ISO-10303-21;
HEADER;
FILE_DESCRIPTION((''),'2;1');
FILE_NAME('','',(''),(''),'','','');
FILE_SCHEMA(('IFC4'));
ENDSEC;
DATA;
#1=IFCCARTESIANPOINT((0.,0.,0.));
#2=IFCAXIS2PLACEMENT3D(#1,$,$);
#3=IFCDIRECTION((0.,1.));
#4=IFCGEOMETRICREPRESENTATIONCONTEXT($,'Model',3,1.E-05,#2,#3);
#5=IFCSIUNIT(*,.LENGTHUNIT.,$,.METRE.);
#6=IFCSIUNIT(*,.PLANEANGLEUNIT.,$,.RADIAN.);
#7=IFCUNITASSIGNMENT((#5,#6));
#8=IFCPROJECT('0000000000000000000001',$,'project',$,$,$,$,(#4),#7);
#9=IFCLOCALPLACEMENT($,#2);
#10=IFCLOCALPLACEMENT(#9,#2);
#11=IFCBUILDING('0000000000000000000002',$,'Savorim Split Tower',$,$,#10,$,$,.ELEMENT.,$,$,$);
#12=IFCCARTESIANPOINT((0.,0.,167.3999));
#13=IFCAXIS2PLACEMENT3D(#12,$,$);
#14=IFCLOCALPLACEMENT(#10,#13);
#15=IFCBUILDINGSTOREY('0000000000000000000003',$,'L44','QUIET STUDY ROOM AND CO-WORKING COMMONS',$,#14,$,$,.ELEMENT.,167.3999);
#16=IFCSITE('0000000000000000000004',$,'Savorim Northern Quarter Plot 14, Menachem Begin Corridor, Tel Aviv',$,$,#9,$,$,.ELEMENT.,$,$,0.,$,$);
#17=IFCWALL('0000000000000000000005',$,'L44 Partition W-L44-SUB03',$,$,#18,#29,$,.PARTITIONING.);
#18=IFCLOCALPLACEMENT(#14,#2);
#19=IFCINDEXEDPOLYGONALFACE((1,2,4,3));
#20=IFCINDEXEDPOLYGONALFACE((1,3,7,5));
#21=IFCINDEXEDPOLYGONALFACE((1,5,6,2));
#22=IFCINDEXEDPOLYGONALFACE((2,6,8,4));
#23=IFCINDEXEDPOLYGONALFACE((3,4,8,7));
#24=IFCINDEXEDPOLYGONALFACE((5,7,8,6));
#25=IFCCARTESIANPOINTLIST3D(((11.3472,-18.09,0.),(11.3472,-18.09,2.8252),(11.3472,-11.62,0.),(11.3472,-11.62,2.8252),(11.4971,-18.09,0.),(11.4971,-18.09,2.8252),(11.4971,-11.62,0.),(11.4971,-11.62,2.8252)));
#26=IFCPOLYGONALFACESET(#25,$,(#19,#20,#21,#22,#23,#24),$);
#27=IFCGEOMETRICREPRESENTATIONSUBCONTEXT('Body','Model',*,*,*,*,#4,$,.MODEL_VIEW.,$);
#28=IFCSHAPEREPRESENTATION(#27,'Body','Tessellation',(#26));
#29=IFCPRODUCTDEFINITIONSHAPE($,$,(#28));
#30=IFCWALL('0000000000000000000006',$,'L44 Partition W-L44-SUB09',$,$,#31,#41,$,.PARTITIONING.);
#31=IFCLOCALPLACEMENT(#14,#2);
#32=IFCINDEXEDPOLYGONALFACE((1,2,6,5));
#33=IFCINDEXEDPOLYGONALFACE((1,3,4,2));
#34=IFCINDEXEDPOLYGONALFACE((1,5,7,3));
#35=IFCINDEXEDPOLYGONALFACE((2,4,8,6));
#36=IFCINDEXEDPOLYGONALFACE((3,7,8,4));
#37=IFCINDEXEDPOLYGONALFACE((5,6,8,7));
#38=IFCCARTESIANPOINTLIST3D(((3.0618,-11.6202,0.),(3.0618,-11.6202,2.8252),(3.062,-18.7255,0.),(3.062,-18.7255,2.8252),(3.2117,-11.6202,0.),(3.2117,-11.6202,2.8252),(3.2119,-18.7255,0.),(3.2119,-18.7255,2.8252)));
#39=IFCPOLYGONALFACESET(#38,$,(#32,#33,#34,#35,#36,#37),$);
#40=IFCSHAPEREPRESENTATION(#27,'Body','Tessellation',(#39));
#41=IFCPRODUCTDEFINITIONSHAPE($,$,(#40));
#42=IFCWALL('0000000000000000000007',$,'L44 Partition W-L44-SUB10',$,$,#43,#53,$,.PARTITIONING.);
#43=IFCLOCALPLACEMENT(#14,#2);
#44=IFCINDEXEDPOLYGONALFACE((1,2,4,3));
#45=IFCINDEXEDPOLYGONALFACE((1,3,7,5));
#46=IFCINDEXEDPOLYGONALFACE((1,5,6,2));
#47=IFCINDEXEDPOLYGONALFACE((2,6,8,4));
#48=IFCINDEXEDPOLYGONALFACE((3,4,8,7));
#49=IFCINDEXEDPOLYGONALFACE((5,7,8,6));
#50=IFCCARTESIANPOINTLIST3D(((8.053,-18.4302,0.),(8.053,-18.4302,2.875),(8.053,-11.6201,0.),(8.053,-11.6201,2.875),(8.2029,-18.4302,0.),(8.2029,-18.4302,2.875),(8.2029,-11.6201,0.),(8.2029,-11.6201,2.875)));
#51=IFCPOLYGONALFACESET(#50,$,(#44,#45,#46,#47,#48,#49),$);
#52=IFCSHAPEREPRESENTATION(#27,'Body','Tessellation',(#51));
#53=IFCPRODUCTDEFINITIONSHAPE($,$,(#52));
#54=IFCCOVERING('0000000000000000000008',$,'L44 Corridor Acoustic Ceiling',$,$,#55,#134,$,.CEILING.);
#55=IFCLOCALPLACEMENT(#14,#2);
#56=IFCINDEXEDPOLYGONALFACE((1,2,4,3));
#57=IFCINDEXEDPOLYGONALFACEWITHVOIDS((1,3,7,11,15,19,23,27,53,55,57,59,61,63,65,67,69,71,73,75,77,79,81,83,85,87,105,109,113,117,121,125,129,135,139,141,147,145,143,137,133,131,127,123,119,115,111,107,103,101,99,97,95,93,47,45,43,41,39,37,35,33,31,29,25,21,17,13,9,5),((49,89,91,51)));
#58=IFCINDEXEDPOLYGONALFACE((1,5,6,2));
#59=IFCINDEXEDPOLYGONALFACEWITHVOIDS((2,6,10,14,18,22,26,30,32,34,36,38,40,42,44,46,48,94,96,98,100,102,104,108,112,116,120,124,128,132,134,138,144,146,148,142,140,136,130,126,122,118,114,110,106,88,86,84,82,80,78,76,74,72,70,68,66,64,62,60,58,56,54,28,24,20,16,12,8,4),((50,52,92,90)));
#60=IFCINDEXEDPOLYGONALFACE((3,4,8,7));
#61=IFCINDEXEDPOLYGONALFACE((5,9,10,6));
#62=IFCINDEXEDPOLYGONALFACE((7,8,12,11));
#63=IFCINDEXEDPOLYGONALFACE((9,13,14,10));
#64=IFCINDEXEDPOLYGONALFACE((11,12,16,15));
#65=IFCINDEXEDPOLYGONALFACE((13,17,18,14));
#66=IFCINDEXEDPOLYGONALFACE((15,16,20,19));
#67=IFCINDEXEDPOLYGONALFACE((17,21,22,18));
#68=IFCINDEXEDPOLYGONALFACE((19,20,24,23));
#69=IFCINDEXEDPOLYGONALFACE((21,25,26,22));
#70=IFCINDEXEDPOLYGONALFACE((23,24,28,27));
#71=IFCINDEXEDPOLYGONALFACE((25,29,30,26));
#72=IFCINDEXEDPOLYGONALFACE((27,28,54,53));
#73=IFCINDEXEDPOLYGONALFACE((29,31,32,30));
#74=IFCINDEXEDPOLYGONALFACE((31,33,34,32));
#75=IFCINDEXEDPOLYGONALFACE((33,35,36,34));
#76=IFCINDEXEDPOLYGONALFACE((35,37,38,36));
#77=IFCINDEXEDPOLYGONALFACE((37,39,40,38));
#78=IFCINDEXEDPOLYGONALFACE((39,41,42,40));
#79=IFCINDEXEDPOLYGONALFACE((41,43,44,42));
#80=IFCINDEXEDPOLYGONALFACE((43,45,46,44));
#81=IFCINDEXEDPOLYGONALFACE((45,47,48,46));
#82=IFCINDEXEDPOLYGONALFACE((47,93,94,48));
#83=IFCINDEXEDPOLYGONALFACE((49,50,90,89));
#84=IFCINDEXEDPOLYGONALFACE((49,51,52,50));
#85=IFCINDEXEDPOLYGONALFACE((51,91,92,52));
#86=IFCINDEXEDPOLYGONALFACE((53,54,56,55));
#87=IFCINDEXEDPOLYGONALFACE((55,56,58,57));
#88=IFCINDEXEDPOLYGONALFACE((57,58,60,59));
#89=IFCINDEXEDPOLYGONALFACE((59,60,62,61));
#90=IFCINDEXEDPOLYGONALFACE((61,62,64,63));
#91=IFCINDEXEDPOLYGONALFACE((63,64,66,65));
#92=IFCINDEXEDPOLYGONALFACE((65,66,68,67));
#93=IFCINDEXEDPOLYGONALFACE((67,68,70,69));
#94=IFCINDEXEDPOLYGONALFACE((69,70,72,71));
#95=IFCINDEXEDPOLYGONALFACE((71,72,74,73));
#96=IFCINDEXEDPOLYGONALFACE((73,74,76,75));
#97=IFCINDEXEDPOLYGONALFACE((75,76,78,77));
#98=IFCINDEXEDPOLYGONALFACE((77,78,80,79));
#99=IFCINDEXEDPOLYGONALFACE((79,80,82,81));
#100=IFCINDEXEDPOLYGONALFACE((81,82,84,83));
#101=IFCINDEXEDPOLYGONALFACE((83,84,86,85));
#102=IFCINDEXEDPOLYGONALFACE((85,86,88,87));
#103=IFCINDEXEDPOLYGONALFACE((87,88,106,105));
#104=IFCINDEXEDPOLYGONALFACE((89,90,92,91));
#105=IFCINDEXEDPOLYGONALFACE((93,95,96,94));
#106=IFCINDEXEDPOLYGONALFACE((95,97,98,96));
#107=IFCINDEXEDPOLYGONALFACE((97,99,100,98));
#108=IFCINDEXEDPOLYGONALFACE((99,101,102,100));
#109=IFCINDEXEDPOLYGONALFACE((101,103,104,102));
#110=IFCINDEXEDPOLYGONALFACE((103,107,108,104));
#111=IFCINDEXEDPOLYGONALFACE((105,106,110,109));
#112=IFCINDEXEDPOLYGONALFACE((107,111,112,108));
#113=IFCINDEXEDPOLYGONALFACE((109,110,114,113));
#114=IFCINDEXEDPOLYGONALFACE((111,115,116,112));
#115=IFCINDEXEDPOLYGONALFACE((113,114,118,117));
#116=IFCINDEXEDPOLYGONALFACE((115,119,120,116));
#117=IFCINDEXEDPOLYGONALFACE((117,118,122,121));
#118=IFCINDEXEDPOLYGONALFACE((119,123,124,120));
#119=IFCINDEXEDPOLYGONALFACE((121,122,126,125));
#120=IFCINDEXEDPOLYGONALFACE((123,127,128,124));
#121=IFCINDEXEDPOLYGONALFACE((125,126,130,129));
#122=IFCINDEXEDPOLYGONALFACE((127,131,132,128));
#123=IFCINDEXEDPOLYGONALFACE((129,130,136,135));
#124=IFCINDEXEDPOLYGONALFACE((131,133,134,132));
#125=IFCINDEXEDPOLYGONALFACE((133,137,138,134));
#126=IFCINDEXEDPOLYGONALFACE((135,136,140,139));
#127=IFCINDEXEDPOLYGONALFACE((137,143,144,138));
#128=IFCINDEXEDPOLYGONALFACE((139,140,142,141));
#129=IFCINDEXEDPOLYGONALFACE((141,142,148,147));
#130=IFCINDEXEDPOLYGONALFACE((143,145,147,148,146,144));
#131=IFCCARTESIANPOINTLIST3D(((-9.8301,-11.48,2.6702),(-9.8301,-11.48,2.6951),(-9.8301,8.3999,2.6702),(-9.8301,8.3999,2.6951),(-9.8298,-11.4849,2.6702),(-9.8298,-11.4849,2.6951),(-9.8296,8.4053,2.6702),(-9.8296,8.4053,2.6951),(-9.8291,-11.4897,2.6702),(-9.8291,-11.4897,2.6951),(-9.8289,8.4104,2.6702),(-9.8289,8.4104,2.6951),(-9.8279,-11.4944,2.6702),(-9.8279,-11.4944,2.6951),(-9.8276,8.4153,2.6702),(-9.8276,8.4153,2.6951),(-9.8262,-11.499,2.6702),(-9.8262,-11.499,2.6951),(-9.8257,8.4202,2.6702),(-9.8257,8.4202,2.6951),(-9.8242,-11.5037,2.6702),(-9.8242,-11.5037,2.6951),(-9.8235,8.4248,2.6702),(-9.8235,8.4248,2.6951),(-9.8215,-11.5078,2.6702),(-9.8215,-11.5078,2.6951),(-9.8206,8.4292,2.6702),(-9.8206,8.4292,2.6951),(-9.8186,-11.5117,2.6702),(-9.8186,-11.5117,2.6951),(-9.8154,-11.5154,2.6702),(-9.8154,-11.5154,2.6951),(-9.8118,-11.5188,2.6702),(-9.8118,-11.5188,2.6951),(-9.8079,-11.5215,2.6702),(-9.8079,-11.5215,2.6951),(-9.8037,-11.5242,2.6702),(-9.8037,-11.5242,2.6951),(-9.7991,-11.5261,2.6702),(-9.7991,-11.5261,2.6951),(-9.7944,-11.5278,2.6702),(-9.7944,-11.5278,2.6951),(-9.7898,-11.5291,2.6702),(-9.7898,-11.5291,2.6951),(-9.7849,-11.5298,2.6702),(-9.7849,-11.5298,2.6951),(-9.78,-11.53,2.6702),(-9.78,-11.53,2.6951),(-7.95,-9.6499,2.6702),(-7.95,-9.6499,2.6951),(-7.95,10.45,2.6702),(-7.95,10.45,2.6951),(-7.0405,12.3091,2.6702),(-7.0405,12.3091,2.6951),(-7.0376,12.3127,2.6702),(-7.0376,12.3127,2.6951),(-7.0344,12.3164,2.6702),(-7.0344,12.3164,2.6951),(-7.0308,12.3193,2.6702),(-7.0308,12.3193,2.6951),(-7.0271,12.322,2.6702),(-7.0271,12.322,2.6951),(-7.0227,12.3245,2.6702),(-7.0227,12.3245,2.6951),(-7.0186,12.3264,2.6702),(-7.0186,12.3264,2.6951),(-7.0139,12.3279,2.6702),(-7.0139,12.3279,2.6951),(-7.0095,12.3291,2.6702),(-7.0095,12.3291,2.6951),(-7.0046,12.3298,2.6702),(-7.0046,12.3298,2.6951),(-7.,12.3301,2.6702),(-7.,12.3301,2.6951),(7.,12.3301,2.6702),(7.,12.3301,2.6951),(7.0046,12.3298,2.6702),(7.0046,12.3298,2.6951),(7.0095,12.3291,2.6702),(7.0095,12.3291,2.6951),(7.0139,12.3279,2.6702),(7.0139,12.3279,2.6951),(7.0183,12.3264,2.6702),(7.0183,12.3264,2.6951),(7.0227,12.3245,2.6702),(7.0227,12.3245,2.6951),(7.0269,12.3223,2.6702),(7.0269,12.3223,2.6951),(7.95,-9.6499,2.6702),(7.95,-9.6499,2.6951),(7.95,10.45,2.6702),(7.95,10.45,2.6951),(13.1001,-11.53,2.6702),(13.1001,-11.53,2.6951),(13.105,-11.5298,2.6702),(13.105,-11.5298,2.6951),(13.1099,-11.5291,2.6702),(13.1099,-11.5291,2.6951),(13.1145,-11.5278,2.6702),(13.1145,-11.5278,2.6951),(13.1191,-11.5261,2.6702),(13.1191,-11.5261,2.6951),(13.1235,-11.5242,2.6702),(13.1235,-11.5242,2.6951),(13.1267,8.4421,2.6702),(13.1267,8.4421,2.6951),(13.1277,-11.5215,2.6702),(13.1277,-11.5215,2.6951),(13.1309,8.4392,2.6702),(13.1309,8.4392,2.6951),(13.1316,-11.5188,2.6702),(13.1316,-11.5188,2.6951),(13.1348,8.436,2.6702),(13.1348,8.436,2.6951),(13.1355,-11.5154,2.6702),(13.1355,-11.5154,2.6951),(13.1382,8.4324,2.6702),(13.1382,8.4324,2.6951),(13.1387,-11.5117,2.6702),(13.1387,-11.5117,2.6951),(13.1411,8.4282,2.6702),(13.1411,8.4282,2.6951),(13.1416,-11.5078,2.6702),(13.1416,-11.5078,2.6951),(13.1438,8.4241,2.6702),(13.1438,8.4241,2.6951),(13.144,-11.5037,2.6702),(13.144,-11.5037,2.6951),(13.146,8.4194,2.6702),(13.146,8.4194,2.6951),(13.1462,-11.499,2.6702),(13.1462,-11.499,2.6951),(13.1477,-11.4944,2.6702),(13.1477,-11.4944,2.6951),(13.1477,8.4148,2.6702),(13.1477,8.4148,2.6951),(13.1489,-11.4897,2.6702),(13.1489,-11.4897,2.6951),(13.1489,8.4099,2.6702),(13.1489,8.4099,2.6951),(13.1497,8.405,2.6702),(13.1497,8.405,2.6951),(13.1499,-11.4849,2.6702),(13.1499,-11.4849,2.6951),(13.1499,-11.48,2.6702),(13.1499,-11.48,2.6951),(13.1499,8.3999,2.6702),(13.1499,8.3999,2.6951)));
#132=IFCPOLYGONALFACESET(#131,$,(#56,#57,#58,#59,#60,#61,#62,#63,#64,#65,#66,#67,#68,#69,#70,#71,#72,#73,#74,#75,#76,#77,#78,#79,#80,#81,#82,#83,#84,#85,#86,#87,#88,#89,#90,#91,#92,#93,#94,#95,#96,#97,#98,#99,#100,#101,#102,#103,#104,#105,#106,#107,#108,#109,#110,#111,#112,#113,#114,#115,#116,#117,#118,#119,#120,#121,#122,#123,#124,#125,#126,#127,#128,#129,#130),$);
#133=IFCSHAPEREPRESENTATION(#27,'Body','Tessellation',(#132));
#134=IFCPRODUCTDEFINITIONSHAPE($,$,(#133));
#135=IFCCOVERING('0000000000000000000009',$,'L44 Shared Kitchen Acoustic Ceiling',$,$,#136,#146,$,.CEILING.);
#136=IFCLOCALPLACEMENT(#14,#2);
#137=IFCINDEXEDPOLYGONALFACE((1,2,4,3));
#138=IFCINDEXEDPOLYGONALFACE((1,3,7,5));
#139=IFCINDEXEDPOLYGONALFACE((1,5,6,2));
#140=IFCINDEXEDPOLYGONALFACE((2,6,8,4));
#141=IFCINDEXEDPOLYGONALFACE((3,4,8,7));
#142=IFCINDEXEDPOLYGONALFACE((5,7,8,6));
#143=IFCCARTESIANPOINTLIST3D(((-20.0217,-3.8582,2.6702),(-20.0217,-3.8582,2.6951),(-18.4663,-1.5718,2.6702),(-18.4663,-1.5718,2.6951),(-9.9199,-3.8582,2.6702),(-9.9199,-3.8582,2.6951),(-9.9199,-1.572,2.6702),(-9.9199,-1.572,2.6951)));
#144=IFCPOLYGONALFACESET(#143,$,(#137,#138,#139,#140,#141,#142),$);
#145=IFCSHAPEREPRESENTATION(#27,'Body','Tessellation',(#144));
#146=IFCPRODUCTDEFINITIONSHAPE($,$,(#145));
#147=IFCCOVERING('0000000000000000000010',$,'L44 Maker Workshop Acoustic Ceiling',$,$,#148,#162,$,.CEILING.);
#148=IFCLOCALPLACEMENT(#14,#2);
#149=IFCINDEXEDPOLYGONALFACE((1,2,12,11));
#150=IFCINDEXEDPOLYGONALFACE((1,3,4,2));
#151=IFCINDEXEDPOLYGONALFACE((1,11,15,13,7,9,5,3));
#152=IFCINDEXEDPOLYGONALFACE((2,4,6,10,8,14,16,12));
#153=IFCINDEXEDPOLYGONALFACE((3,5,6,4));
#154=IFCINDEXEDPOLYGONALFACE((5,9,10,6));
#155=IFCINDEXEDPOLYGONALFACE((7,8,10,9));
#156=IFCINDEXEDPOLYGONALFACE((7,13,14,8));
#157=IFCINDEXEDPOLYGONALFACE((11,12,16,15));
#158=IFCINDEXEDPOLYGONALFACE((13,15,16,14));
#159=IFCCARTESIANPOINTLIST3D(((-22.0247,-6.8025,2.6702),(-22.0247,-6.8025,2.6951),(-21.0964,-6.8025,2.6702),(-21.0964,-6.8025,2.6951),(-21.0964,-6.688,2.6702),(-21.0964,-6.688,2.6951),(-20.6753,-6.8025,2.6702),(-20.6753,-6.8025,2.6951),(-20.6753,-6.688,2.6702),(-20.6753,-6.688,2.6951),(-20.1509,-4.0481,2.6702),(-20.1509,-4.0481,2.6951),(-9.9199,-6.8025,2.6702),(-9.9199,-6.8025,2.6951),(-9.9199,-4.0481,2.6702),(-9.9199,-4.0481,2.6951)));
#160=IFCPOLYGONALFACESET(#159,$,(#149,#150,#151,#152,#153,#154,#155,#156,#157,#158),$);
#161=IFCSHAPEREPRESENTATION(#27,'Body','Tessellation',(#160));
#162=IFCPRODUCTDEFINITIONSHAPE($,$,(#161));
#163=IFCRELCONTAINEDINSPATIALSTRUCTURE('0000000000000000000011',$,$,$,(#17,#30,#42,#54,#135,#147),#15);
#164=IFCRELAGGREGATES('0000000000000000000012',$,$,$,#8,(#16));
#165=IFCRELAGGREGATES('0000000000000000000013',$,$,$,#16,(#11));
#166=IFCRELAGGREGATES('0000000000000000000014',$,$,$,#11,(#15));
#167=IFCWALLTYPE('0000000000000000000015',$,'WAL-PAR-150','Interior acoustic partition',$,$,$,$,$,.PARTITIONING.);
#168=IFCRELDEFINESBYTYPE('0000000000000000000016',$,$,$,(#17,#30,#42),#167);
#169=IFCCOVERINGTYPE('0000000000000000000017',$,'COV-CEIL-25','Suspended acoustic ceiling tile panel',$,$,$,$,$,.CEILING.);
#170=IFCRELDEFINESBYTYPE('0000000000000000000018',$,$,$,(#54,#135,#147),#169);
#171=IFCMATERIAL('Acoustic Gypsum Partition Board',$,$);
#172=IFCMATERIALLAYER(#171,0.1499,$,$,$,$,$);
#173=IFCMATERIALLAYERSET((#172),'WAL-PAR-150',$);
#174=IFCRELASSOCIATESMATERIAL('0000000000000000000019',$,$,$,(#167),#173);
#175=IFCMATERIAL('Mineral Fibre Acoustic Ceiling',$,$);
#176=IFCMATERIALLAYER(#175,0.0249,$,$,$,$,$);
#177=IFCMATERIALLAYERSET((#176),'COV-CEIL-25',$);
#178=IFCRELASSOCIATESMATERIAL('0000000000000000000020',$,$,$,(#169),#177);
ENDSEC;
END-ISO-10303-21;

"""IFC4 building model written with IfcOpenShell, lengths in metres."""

from ifc_helpers import new_model, si_unit, direction, frame, frame_2d, origin, place, context, subcontext, project, spatial, polyline, rectangle, outline, extrude, material, layer, layer_set, type_object, element, save


model = new_model("IFC4")

# Units and contexts
model_context = context("Model", 3, precision=1e-05, world=origin(), true_north=direction((0.0, 1.0)))
body_context = subcontext(model_context, "Body", "Model", "MODEL_VIEW")
ifc_project = project(units=[si_unit("LENGTHUNIT", "METRE"), si_unit("PLANEANGLEUNIT", "RADIAN")], contexts=[model_context])

# Site, building, storey
site_placement = place(None, origin())
site = spatial("IfcSite", under=ifc_project, at=site_placement, Name="Savorim Northern Quarter Plot 14, Menachem Begin Corridor, Tel Aviv", CompositionType="ELEMENT", RefElevation=0.0)
building_placement = place(site_placement, origin())
building = spatial("IfcBuilding", under=site, at=building_placement, Name="Savorim Split Tower", CompositionType="ELEMENT")
storey_placement = place(building_placement, frame((0.0, 0.0, 167.3999)))
storey = spatial("IfcBuildingStorey", under=building, at=storey_placement, Name="L44", Description="QUIET STUDY ROOM AND CO-WORKING COMMONS", CompositionType="ELEMENT", Elevation=167.3999)

# Shared definitions
ifc_material_1 = material(Name="Acoustic Gypsum Partition Board")
ifc_layer_1 = layer(ifc_material_1, 0.1499)
ifc_layer_set_1 = layer_set([ifc_layer_1], Name="WAL-PAR-150")
wall_type_1 = type_object("IfcWallType", Name="WAL-PAR-150", Description="Interior acoustic partition", PredefinedType="PARTITIONING", material=ifc_layer_set_1)

# Walls
wall_1_placement = place(storey_placement, frame((11.4221, -11.6201, 0.0), z_axis=(0.0, 0.0, 1.0), x_axis=(0.0, -1.0, 0.0)))
element("IfcWall", 1, at=wall_1_placement, inside=storey, type_object=wall_type_1, Name="L44 Partition W-L44-SUB03", PredefinedType="PARTITIONING", context=body_context, shape_type="SweptSolid", body=[
    extrude(rectangle(XDim=6.47, YDim=0.1499, at=frame_2d((3.2349, 0.0))), origin(), (0.0, 0.0, 1.0), 2.8252),
])
wall_2_placement = place(storey_placement, frame((3.1367, -11.6201, 0.0), z_axis=(0.0, 0.0, 1.0), x_axis=(0.000034, -1.0, 0.0)))
element("IfcWall", 2, at=wall_2_placement, inside=storey, type_object=wall_type_1, Name="L44 Partition W-L44-SUB09", PredefinedType="PARTITIONING", context=body_context, shape_type="SweptSolid", body=[
    extrude(rectangle(XDim=7.1052, YDim=0.1499, at=frame_2d((3.5527, 0.0))), origin(), (0.0, 0.0, 1.0), 2.8252),
])
wall_3_placement = place(storey_placement, frame((8.1279, -11.6201, 0.0), z_axis=(0.0, 0.0, 1.0), x_axis=(0.0, -1.0, 0.0)))
element("IfcWall", 3, at=wall_3_placement, inside=storey, type_object=wall_type_1, Name="L44 Partition W-L44-SUB10", PredefinedType="PARTITIONING", context=body_context, shape_type="SweptSolid", body=[
    extrude(rectangle(XDim=6.8101, YDim=0.1499, at=frame_2d((3.405, 0.0))), origin(), (0.0, 0.0, 1.0), 2.875),
])

# Coverings
ifc_material_2 = material(Name="Mineral Fibre Acoustic Ceiling")
ifc_layer_2 = layer(ifc_material_2, 0.0249)
ifc_layer_set_2 = layer_set([ifc_layer_2], Name="COV-CEIL-25")
covering_type_1 = type_object("IfcCoveringType", Name="COV-CEIL-25", Description="Suspended acoustic ceiling tile panel", PredefinedType="CEILING", material=ifc_layer_set_2)
covering_1_placement = place(storey_placement, frame((0.0, 0.0, 2.6702)))
element("IfcCovering", 4, at=covering_1_placement, inside=storey, type_object=covering_type_1, Name="L44 Corridor Acoustic Ceiling", PredefinedType="CEILING", context=body_context, shape_type="SweptSolid", body=[
    extrude(outline(polyline([(7.0095, 12.3291), (7.0046, 12.3298), (7.0, 12.3301), (-7.0, 12.3301), (-7.0046, 12.3298), (-7.0095, 12.3291), (-7.0139, 12.3279), (-7.0186, 12.3264), (-7.0227, 12.3245), (-7.0271, 12.322), (-7.0308, 12.3193), (-7.0344, 12.3164), (-7.0376, 12.3127), (-7.0405, 12.3091), (-9.8206, 8.4292), (-9.8235, 8.4248), (-9.8257, 8.4202), (-9.8276, 8.4153), (-9.8289, 8.4104), (-9.8296, 8.4053), (-9.8301, 8.3999), (-9.8301, -11.48), (-9.8298, -11.4849), (-9.8291, -11.4897), (-9.8279, -11.4944), (-9.8262, -11.499), (-9.8242, -11.5037), (-9.8215, -11.5078), (-9.8186, -11.5117), (-9.8154, -11.5154), (-9.8118, -11.5188), (-9.8079, -11.5215), (-9.8037, -11.5242), (-9.7991, -11.5261), (-9.7944, -11.5278), (-9.7898, -11.5291), (-9.7849, -11.5298), (-9.78, -11.53), (13.1001, -11.53), (13.105, -11.5298), (13.1099, -11.5291), (13.1145, -11.5278), (13.1191, -11.5261), (13.1235, -11.5242), (13.1277, -11.5215), (13.1316, -11.5188), (13.1355, -11.5154), (13.1387, -11.5117), (13.1416, -11.5078), (13.144, -11.5037), (13.1462, -11.499), (13.1477, -11.4944), (13.1489, -11.4897), (13.1499, -11.4849), (13.1499, -11.48), (13.1499, 8.3999), (13.1497, 8.405), (13.1489, 8.4099), (13.1477, 8.4148), (13.146, 8.4194), (13.1438, 8.4241), (13.1411, 8.4282), (13.1382, 8.4324), (13.1348, 8.436), (13.1309, 8.4392), (13.1267, 8.4421), (7.0269, 12.3223), (7.0227, 12.3245), (7.0183, 12.3264), (7.0139, 12.3279), (7.0095, 12.3291)]), holes=[polyline([(-7.95, 10.45), (-7.95, -9.6499), (7.95, -9.6499), (7.95, 10.45), (-7.95, 10.45)])]), origin(), (0.0, 0.0, 1.0), 0.0249),
])
covering_2_placement = place(storey_placement, frame((0.0, 0.0, 2.6702)))
element("IfcCovering", 5, at=covering_2_placement, inside=storey, type_object=covering_type_1, Name="L44 Shared Kitchen Acoustic Ceiling", PredefinedType="CEILING", context=body_context, shape_type="SweptSolid", body=[
    extrude(outline(polyline([(-18.4663, -1.5718), (-20.0217, -3.8582), (-9.9199, -3.8582), (-9.9199, -1.572), (-18.4663, -1.5718)])), origin(), (0.0, 0.0, 1.0), 0.0249),
])
covering_3_placement = place(storey_placement, frame((0.0, 0.0, 2.6702)))
element("IfcCovering", 6, at=covering_3_placement, inside=storey, type_object=covering_type_1, Name="L44 Maker Workshop Acoustic Ceiling", PredefinedType="CEILING", context=body_context, shape_type="SweptSolid", body=[
    extrude(outline(polyline([(-20.6753, -6.688), (-20.6753, -6.8025), (-9.9199, -6.8025), (-9.9199, -4.0481), (-20.1509, -4.0481), (-22.0247, -6.8025), (-21.0964, -6.8025), (-21.0964, -6.688), (-20.6753, -6.688)])), origin(), (0.0, 0.0, 1.0), 0.0249),
])

save(model, "model.ifc")
